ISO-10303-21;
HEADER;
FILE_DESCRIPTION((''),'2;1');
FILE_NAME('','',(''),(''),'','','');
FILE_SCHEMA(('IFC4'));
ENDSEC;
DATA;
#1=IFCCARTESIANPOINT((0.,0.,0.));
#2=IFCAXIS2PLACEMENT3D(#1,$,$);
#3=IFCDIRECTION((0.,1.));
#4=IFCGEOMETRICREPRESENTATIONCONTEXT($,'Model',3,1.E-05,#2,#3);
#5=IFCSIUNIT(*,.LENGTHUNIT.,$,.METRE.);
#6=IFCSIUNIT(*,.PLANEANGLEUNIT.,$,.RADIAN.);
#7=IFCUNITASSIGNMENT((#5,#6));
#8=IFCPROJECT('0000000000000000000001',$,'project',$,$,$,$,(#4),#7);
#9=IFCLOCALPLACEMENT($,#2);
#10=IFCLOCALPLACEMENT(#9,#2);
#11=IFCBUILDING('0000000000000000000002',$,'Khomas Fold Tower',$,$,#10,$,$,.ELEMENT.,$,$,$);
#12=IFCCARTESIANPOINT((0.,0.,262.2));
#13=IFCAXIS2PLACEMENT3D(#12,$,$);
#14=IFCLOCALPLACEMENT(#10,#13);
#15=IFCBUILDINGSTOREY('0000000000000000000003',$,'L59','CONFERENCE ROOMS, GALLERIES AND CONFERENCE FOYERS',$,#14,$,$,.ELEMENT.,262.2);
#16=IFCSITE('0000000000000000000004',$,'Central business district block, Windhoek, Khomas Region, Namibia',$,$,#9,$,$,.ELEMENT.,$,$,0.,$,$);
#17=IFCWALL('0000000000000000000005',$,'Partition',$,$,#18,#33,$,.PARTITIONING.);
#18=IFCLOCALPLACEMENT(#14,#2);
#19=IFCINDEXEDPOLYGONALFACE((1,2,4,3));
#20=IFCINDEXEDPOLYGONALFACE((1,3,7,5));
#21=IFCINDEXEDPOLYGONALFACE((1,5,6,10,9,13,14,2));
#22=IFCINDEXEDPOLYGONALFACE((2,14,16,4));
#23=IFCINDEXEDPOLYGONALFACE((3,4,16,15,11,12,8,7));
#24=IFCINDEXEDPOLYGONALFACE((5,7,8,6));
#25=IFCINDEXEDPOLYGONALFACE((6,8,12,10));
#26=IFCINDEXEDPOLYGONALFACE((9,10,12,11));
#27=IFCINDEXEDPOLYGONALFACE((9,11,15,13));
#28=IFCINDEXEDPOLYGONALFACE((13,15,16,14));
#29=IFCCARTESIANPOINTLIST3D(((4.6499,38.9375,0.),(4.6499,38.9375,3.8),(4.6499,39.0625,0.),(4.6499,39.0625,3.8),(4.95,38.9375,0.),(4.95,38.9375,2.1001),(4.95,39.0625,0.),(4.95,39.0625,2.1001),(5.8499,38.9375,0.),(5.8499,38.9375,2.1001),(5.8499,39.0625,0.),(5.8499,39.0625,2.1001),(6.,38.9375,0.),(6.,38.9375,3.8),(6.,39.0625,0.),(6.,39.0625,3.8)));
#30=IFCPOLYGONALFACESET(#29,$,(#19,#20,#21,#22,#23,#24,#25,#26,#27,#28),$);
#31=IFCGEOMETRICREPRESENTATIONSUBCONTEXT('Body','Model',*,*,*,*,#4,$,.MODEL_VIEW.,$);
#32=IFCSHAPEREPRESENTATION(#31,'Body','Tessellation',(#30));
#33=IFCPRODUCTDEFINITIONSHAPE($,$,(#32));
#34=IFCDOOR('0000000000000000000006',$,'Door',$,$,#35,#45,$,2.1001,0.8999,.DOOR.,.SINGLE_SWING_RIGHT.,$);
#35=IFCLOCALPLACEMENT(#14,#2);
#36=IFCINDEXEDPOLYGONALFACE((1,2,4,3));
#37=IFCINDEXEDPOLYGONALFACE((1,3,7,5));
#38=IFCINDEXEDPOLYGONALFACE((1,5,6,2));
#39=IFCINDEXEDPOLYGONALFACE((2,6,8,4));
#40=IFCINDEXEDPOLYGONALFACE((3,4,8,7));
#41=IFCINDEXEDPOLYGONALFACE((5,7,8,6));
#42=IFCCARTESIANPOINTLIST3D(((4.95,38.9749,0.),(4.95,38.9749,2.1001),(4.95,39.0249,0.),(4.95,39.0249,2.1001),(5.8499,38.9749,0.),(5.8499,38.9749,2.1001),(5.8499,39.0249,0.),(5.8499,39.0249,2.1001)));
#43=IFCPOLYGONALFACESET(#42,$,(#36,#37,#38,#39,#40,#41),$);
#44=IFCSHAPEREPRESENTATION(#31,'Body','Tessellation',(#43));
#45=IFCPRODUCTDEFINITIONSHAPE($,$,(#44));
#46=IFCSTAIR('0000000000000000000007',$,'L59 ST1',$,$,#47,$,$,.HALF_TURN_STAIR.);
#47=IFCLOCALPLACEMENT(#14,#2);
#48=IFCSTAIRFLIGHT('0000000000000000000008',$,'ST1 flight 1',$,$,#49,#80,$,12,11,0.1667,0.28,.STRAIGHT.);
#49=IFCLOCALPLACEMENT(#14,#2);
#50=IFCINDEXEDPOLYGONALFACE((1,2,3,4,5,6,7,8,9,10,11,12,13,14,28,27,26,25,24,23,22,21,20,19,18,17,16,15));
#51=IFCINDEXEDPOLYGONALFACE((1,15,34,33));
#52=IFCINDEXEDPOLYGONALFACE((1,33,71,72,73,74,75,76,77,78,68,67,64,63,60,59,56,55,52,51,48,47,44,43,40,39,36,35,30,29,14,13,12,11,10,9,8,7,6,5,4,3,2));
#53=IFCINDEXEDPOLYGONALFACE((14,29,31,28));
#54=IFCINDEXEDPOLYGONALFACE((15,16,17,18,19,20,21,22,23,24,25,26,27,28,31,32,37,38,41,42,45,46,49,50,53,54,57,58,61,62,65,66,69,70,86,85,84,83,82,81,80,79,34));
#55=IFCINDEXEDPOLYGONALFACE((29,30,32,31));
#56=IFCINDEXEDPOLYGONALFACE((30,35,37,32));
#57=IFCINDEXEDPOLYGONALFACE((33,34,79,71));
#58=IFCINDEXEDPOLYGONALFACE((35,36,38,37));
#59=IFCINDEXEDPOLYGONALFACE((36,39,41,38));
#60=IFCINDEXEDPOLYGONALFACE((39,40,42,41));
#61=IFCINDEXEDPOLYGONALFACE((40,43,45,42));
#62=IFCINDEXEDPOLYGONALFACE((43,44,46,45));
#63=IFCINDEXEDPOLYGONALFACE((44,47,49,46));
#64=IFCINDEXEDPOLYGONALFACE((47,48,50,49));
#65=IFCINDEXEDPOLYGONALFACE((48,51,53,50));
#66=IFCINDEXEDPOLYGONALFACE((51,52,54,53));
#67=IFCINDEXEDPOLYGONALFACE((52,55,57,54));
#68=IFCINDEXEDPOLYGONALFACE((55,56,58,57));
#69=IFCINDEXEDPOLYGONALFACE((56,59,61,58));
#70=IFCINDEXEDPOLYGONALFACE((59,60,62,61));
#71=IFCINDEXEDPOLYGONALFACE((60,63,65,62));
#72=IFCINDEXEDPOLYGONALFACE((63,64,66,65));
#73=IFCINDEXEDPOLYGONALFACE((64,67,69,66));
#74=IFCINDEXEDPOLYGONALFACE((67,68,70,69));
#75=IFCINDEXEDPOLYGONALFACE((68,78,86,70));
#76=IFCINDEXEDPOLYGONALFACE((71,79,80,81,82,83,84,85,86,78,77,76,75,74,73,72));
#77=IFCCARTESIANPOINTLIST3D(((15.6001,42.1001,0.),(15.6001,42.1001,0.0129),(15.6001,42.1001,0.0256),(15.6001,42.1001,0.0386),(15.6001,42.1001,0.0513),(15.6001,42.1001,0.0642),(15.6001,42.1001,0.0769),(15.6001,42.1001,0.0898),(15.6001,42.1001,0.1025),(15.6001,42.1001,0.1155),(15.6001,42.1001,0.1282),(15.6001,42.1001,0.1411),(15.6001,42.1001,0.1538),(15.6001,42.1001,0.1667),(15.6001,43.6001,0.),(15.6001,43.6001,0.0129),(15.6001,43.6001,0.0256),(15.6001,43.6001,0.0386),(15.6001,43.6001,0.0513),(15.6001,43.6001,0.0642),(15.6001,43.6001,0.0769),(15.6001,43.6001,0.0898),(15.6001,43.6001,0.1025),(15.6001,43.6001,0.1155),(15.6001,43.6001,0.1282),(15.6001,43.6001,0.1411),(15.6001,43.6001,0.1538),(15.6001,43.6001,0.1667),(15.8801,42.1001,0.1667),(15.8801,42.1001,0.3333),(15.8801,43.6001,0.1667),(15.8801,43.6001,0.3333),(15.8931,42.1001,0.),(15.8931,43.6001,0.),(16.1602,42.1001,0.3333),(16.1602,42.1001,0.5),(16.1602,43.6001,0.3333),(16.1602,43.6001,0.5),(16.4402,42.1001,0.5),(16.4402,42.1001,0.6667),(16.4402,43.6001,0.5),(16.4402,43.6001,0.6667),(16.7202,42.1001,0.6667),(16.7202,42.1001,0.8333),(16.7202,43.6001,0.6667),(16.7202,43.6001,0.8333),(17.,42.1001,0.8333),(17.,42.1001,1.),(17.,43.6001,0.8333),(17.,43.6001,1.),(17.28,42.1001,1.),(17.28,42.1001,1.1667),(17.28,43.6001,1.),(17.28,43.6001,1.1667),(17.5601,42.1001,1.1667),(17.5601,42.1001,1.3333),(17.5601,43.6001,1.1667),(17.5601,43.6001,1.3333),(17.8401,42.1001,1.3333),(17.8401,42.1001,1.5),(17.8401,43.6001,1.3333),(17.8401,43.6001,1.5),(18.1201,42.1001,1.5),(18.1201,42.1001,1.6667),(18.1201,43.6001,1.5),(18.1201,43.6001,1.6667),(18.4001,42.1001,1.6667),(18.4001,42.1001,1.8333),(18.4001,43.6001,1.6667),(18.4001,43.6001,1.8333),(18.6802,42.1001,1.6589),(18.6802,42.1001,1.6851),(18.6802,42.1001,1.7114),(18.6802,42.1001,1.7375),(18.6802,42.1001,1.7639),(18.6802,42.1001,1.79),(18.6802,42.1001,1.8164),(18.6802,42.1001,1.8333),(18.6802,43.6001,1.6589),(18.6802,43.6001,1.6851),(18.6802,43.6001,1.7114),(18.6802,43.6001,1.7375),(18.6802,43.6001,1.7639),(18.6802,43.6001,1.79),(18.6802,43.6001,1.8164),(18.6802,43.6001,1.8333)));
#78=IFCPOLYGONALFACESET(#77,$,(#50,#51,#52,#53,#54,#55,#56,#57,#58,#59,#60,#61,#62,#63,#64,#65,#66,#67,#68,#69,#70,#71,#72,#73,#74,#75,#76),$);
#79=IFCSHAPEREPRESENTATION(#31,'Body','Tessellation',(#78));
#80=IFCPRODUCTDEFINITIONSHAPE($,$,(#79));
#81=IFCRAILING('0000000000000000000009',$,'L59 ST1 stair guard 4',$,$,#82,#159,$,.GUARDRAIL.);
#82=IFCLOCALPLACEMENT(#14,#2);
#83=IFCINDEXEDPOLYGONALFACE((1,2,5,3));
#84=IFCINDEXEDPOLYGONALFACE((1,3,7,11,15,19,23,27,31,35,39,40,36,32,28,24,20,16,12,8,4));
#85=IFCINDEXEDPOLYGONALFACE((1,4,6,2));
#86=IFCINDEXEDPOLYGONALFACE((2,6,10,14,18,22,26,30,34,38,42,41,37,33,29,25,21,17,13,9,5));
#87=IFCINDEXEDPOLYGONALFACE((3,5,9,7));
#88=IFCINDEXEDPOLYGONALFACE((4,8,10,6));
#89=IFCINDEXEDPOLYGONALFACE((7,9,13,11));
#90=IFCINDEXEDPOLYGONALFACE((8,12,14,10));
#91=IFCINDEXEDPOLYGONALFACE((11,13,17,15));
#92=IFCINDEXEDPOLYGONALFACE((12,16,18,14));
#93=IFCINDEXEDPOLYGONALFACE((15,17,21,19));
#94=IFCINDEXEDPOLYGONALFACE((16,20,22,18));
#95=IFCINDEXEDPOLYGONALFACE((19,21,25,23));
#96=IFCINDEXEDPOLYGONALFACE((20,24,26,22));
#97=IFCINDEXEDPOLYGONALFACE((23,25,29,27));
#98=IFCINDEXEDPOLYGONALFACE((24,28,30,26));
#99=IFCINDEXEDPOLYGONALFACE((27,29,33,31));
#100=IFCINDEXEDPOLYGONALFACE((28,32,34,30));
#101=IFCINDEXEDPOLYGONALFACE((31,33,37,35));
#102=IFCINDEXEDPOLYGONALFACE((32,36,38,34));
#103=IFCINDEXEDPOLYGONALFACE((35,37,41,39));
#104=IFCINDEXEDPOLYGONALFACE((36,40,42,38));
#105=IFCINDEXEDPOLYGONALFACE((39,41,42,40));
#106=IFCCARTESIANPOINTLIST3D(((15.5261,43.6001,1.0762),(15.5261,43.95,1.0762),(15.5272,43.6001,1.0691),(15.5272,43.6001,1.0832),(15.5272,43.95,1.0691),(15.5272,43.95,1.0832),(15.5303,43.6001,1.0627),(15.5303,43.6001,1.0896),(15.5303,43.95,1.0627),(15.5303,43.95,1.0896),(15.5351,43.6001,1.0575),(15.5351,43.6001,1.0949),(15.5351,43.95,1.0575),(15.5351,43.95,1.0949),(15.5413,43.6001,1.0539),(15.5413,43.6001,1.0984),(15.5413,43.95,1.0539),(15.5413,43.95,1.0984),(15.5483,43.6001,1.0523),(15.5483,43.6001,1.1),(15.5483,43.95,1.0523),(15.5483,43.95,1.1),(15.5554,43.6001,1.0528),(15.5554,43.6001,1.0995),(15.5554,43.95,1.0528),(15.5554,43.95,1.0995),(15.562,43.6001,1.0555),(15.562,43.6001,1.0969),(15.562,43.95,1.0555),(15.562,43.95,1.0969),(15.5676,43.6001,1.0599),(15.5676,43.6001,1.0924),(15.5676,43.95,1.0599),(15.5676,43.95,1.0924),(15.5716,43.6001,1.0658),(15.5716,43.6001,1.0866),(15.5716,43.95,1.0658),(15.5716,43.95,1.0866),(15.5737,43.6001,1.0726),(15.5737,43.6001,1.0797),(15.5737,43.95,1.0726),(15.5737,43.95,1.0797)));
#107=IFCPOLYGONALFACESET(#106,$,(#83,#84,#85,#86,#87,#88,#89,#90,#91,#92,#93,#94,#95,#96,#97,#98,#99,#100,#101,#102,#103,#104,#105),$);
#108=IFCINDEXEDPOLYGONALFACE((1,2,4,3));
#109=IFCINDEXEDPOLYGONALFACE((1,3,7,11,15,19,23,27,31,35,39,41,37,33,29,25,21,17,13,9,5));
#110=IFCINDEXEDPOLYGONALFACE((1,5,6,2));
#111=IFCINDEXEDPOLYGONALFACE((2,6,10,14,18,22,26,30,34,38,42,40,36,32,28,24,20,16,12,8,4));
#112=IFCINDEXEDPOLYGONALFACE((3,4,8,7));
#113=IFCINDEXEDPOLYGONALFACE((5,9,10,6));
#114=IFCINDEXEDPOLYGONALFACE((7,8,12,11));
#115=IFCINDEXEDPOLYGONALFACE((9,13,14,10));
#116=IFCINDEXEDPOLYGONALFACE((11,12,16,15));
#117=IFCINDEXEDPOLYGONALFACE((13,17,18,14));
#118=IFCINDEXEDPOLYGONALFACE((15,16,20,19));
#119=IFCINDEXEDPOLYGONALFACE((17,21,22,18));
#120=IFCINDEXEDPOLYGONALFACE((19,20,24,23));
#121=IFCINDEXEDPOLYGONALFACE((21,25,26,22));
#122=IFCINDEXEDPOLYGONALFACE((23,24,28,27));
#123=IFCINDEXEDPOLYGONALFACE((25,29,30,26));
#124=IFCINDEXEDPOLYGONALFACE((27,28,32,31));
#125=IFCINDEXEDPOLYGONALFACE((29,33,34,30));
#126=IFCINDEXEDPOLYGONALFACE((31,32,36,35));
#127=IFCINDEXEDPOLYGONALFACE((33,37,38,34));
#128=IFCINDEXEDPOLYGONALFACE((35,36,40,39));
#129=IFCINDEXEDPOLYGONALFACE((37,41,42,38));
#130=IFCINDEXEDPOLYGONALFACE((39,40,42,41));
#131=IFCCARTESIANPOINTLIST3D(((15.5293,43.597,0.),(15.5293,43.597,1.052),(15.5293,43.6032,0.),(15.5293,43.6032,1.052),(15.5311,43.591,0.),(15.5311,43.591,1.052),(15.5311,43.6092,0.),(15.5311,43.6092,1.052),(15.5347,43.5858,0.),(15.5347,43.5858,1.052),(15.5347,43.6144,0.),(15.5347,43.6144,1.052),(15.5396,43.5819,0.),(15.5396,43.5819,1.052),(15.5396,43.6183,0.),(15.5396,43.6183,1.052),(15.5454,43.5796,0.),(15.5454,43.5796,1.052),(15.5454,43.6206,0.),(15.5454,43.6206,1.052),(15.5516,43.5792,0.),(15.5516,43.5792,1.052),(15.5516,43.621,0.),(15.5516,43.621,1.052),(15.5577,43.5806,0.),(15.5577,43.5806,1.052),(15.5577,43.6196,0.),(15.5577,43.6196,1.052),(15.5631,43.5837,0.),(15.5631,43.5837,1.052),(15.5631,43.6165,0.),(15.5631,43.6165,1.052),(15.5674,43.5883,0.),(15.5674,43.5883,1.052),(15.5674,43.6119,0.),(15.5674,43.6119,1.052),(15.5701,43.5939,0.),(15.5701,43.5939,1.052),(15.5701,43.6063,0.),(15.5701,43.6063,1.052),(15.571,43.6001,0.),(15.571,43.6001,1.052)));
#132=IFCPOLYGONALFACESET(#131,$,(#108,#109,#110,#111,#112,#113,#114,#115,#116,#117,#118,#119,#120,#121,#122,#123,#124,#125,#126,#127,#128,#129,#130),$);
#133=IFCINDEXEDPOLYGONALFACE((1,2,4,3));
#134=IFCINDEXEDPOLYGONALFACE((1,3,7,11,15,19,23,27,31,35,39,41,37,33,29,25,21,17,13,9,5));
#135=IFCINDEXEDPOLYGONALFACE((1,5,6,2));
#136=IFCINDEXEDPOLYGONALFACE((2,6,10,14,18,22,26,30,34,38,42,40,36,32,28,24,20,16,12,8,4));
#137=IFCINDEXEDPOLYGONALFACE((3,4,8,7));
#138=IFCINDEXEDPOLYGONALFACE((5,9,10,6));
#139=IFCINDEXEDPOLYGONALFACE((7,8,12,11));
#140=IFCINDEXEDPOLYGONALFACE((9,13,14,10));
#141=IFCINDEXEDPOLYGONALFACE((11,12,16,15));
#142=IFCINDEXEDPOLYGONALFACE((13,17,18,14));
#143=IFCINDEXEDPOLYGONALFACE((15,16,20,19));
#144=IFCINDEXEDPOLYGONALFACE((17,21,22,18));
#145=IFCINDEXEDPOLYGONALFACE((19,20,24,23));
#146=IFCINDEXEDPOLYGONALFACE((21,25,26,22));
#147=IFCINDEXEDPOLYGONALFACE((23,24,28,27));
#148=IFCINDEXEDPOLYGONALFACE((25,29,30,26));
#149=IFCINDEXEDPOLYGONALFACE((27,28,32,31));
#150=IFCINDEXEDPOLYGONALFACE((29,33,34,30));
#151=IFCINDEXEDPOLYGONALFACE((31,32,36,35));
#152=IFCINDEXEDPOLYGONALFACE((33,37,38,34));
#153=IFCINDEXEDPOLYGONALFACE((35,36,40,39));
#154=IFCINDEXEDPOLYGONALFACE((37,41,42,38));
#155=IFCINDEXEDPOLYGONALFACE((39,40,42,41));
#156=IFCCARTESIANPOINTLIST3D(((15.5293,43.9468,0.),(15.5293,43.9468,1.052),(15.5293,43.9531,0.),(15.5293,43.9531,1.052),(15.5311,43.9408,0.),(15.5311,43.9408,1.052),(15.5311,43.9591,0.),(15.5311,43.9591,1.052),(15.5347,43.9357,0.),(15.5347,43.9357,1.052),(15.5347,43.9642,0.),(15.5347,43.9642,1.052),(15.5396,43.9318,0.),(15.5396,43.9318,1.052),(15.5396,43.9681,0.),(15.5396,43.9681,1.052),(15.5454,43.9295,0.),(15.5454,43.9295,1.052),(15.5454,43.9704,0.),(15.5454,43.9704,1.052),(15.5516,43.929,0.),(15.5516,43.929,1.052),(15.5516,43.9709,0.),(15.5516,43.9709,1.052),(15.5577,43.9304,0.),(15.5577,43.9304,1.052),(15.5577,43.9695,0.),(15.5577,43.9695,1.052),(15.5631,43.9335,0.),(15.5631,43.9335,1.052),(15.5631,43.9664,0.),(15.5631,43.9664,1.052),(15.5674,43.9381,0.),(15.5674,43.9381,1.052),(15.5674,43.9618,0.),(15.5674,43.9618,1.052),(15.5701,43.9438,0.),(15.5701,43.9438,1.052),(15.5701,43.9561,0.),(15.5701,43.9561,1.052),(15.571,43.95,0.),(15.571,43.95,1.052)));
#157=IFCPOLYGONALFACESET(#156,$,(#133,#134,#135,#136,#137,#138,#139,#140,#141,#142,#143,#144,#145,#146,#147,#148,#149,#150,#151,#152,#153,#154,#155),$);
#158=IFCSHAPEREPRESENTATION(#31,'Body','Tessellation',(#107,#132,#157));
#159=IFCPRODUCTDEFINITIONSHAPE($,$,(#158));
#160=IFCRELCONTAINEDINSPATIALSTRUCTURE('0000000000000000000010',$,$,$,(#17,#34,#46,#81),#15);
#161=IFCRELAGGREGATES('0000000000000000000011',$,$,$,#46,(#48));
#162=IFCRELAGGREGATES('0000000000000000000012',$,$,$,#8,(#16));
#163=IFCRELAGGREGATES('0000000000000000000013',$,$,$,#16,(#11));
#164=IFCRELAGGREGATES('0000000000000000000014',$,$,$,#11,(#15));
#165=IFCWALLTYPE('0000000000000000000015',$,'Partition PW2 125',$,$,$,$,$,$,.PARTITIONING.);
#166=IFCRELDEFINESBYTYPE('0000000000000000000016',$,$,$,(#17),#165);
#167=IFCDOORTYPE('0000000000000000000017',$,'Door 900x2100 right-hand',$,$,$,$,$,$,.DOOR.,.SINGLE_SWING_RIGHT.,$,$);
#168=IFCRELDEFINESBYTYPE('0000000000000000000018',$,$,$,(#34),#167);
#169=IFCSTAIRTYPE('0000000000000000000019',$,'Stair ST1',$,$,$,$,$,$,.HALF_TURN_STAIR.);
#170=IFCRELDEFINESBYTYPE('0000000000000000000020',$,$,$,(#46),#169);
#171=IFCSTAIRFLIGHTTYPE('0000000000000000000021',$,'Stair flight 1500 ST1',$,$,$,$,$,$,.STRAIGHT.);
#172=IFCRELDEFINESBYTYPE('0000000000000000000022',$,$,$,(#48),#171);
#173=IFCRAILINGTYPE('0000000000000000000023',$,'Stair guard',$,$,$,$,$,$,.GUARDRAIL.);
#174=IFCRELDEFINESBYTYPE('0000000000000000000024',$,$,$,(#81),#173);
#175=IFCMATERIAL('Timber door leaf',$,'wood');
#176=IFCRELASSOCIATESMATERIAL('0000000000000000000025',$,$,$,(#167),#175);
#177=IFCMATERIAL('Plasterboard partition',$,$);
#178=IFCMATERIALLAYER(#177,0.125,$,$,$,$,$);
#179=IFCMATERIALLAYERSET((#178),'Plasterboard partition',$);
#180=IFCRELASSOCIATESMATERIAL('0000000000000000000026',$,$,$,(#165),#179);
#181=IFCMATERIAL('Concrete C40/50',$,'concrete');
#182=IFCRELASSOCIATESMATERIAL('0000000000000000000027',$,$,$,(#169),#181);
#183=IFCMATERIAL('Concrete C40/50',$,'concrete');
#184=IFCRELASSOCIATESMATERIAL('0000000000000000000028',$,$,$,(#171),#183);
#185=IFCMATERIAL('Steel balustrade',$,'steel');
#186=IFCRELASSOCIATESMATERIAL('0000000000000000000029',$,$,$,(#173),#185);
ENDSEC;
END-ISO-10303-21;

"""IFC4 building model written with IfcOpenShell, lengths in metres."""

from ifc_helpers import new_model, si_unit, direction, frame, frame_2d, origin, origin_2d, place, context, subcontext, project, spatial, polyline, rectangle, circle, outline, extrude, source, transform, mapped, material, layer, layer_set, type_object, element, fill, aggregate, save


model = new_model("IFC4")

# Units and contexts
model_context = context("Model", 3, precision=1e-05, world=origin(), true_north=direction((0.0, 1.0)))
body_context = subcontext(model_context, "Body", "Model", "MODEL_VIEW")
ifc_project = project(units=[si_unit("LENGTHUNIT", "METRE"), si_unit("PLANEANGLEUNIT", "RADIAN")], contexts=[model_context])

# Site, building, storey
site_placement = place(None, origin())
site = spatial("IfcSite", under=ifc_project, at=site_placement, Name="Central business district block, Windhoek, Khomas Region, Namibia", CompositionType="ELEMENT", RefElevation=0.0)
building_placement = place(site_placement, origin())
building = spatial("IfcBuilding", under=site, at=building_placement, Name="Khomas Fold Tower", CompositionType="ELEMENT")
storey_placement = place(building_placement, frame((0.0, 0.0, 262.2)))
storey = spatial("IfcBuildingStorey", under=building, at=storey_placement, Name="L59", Description="CONFERENCE ROOMS, GALLERIES AND CONFERENCE FOYERS", CompositionType="ELEMENT", Elevation=262.2)

# Shared definitions
ifc_material_1 = material(Name="Timber door leaf", Category="wood")
door_type_1 = type_object("IfcDoorType", Name="Door 900x2100 right-hand", OperationType="SINGLE_SWING_RIGHT", PredefinedType="DOOR", material=ifc_material_1)

# Wall, opening, door
ifc_material_2 = material(Name="Plasterboard partition")
ifc_layer_1 = layer(ifc_material_2, 0.125)
ifc_layer_set_1 = layer_set([ifc_layer_1], Name="Plasterboard partition")
wall_type_1 = type_object("IfcWallType", Name="Partition PW2 125", PredefinedType="PARTITIONING", material=ifc_layer_set_1)
shared_shape_1 = source(origin(), body_context, "Body", "SweptSolid", [
    extrude(rectangle(XDim=1.3501, YDim=0.125, at=frame_2d((0.675, 0.0))), origin(), (0.0, 0.0, 1.0), 3.8),
])
wall_1_placement = place(storey_placement, frame((4.6499, 39.0, 0.0), z_axis=(0.0, 0.0, 1.0), x_axis=(1.0, 0.0, 0.0)))
wall_1 = element("IfcWall", 1, at=wall_1_placement, inside=storey, type_object=wall_type_1, Name="Partition", PredefinedType="PARTITIONING", context=body_context, shape_type="MappedRepresentation", body=[
    mapped(shared_shape_1, transform((0.0, 0.0, 0.0))),
])
shared_shape_2 = source(origin(), body_context, "Body", "SweptSolid", [
    extrude(rectangle(XDim=0.8999, YDim=2.1001, at=frame_2d((0.45, 1.05))), frame((0.0, 0.0725, 0.0), z_axis=(0.0, -1.0, 0.0), x_axis=(1.0, 0.0, 0.0)), (0.0, 0.0, 1.0), 0.145),
])
opening_1_placement = place(wall_1_placement, frame((0.3, 0.0, 0.0)))
opening_1 = element("IfcOpeningElement", 2, at=opening_1_placement, cuts=wall_1, PredefinedType="OPENING", context=body_context, shape_type="MappedRepresentation", body=[
    mapped(shared_shape_2, transform((0.0, 0.0, 0.0))),
])
shared_shape_3 = source(origin(), body_context, "Body", "SweptSolid", [
    extrude(rectangle(XDim=0.8999, YDim=2.1001, at=frame_2d((0.45, 1.05))), frame((0.0, 0.0249, 0.0), z_axis=(0.0, -1.0, 0.0), x_axis=(1.0, 0.0, 0.0)), (0.0, 0.0, 1.0), 0.05),
])
door_1_placement = place(opening_1_placement, origin())
door_1 = element("IfcDoor", 3, at=door_1_placement, inside=storey, type_object=door_type_1, Name="Door", OperationType="SINGLE_SWING_RIGHT", OverallHeight=2.1001, OverallWidth=0.8999, PredefinedType="DOOR", context=body_context, shape_type="MappedRepresentation", body=[
    mapped(shared_shape_3, transform((0.0, 0.0, 0.0))),
])
fill(opening_1, door_1)

# Stair, stair flight
ifc_material_3 = material(Name="Concrete C40/50", Category="concrete")
stair_type = type_object("IfcStairType", Name="Stair ST1", PredefinedType="HALF_TURN_STAIR", material=ifc_material_3)
stair_placement = place(storey_placement, origin())
stair = element("IfcStair", 4, at=stair_placement, inside=storey, type_object=stair_type, Name="L59 ST1", PredefinedType="HALF_TURN_STAIR")
ifc_material_4 = material(Name="Concrete C40/50", Category="concrete")
stair_flight_type = type_object("IfcStairFlightType", Name="Stair flight 1500 ST1", PredefinedType="STRAIGHT", material=ifc_material_4)
shared_shape_4 = source(origin(), body_context, "Body", "SweptSolid", [
    extrude(outline(polyline([(0.0, 0.0), (0.0, 0.0129), (0.0, 0.0256), (0.0, 0.0386), (0.0, 0.0513), (0.0, 0.0642), (0.0, 0.0769), (0.0, 0.0898), (0.0, 0.1025), (0.0, 0.1155), (0.0, 0.1282), (0.0, 0.1411), (0.0, 0.1538), (0.0, 0.1667), (0.28, 0.1667), (0.28, 0.3333), (0.5601, 0.3333), (0.5601, 0.5), (0.8401, 0.5), (0.8401, 0.6667), (1.1201, 0.6667), (1.1201, 0.8333), (1.3999, 0.8333), (1.3999, 1.0), (1.6799, 1.0), (1.6799, 1.1667), (1.96, 1.1667), (1.96, 1.3333), (2.24, 1.3333), (2.24, 1.5), (2.52, 1.5), (2.52, 1.6667), (2.8, 1.6667), (2.8, 1.8333), (3.0801, 1.8333), (3.0801, 2.0), (3.0801, 1.9739), (3.0801, 1.9475), (3.0801, 1.9214), (3.0801, 1.895), (3.0801, 1.8689), (3.0801, 1.8425), (3.0801, 1.8164), (3.0801, 1.79), (3.0801, 1.7639), (3.0801, 1.7375), (3.0801, 1.7114), (3.0801, 1.6851), (3.0801, 1.6589), (0.293, 0.0), (0.0, 0.0)])), frame((0.0, 0.75, 0.0), z_axis=(0.0, -1.0, 0.0), x_axis=(1.0, 0.0, 0.0)), (0.0, 0.0, 1.0), 1.5),
])
stair_flight_placement = place(storey_placement, frame((15.6001, 42.8501, 0.0), z_axis=(0.0, 0.0, 1.0), x_axis=(1.0, 0.0, 0.0)))
stair_flight = element("IfcStairFlight", 5, at=stair_flight_placement, type_object=stair_flight_type, Name="ST1 flight 1", NumberOfRisers=12, NumberOfTreads=11, PredefinedType="STRAIGHT", RiserHeight=0.1667, TreadLength=0.28, context=body_context, shape_type="MappedRepresentation", body=[
    mapped(shared_shape_4, transform((0.0, 0.0, 0.0))),
])
aggregate(stair, [stair_flight])

# Railing
ifc_material_5 = material(Name="Steel balustrade", Category="steel")
railing_type_1 = type_object("IfcRailingType", Name="Stair guard", PredefinedType="GUARDRAIL", material=ifc_material_5)
shared_shape_5 = source(origin(), body_context, "Body", "SweptSolid", [
    extrude(circle(Radius=0.0239, at=origin_2d()), frame((0.0, 0.0, 1.0762), z_axis=(0.0, 1.0, 0.0), x_axis=(-1.0, 0.0, 0.0)), (0.0, 0.0, 1.0), 0.3499),
    extrude(circle(Radius=0.021, at=origin_2d()), origin(), (0.0, 0.0, 1.0), 1.052),
    extrude(circle(Radius=0.021, at=origin_2d()), frame((0.0, 0.3499, 0.0)), (0.0, 0.0, 1.0), 1.052),
])
railing_1_placement = place(storey_placement, frame((15.55, 43.6001, 0.0)))
element("IfcRailing", 6, at=railing_1_placement, inside=storey, type_object=railing_type_1, Name="L59 ST1 stair guard 4", PredefinedType="GUARDRAIL", context=body_context, shape_type="MappedRepresentation", body=[
    mapped(shared_shape_5, transform((0.0, 0.0, 0.0))),
])

save(model, "model.ifc")
